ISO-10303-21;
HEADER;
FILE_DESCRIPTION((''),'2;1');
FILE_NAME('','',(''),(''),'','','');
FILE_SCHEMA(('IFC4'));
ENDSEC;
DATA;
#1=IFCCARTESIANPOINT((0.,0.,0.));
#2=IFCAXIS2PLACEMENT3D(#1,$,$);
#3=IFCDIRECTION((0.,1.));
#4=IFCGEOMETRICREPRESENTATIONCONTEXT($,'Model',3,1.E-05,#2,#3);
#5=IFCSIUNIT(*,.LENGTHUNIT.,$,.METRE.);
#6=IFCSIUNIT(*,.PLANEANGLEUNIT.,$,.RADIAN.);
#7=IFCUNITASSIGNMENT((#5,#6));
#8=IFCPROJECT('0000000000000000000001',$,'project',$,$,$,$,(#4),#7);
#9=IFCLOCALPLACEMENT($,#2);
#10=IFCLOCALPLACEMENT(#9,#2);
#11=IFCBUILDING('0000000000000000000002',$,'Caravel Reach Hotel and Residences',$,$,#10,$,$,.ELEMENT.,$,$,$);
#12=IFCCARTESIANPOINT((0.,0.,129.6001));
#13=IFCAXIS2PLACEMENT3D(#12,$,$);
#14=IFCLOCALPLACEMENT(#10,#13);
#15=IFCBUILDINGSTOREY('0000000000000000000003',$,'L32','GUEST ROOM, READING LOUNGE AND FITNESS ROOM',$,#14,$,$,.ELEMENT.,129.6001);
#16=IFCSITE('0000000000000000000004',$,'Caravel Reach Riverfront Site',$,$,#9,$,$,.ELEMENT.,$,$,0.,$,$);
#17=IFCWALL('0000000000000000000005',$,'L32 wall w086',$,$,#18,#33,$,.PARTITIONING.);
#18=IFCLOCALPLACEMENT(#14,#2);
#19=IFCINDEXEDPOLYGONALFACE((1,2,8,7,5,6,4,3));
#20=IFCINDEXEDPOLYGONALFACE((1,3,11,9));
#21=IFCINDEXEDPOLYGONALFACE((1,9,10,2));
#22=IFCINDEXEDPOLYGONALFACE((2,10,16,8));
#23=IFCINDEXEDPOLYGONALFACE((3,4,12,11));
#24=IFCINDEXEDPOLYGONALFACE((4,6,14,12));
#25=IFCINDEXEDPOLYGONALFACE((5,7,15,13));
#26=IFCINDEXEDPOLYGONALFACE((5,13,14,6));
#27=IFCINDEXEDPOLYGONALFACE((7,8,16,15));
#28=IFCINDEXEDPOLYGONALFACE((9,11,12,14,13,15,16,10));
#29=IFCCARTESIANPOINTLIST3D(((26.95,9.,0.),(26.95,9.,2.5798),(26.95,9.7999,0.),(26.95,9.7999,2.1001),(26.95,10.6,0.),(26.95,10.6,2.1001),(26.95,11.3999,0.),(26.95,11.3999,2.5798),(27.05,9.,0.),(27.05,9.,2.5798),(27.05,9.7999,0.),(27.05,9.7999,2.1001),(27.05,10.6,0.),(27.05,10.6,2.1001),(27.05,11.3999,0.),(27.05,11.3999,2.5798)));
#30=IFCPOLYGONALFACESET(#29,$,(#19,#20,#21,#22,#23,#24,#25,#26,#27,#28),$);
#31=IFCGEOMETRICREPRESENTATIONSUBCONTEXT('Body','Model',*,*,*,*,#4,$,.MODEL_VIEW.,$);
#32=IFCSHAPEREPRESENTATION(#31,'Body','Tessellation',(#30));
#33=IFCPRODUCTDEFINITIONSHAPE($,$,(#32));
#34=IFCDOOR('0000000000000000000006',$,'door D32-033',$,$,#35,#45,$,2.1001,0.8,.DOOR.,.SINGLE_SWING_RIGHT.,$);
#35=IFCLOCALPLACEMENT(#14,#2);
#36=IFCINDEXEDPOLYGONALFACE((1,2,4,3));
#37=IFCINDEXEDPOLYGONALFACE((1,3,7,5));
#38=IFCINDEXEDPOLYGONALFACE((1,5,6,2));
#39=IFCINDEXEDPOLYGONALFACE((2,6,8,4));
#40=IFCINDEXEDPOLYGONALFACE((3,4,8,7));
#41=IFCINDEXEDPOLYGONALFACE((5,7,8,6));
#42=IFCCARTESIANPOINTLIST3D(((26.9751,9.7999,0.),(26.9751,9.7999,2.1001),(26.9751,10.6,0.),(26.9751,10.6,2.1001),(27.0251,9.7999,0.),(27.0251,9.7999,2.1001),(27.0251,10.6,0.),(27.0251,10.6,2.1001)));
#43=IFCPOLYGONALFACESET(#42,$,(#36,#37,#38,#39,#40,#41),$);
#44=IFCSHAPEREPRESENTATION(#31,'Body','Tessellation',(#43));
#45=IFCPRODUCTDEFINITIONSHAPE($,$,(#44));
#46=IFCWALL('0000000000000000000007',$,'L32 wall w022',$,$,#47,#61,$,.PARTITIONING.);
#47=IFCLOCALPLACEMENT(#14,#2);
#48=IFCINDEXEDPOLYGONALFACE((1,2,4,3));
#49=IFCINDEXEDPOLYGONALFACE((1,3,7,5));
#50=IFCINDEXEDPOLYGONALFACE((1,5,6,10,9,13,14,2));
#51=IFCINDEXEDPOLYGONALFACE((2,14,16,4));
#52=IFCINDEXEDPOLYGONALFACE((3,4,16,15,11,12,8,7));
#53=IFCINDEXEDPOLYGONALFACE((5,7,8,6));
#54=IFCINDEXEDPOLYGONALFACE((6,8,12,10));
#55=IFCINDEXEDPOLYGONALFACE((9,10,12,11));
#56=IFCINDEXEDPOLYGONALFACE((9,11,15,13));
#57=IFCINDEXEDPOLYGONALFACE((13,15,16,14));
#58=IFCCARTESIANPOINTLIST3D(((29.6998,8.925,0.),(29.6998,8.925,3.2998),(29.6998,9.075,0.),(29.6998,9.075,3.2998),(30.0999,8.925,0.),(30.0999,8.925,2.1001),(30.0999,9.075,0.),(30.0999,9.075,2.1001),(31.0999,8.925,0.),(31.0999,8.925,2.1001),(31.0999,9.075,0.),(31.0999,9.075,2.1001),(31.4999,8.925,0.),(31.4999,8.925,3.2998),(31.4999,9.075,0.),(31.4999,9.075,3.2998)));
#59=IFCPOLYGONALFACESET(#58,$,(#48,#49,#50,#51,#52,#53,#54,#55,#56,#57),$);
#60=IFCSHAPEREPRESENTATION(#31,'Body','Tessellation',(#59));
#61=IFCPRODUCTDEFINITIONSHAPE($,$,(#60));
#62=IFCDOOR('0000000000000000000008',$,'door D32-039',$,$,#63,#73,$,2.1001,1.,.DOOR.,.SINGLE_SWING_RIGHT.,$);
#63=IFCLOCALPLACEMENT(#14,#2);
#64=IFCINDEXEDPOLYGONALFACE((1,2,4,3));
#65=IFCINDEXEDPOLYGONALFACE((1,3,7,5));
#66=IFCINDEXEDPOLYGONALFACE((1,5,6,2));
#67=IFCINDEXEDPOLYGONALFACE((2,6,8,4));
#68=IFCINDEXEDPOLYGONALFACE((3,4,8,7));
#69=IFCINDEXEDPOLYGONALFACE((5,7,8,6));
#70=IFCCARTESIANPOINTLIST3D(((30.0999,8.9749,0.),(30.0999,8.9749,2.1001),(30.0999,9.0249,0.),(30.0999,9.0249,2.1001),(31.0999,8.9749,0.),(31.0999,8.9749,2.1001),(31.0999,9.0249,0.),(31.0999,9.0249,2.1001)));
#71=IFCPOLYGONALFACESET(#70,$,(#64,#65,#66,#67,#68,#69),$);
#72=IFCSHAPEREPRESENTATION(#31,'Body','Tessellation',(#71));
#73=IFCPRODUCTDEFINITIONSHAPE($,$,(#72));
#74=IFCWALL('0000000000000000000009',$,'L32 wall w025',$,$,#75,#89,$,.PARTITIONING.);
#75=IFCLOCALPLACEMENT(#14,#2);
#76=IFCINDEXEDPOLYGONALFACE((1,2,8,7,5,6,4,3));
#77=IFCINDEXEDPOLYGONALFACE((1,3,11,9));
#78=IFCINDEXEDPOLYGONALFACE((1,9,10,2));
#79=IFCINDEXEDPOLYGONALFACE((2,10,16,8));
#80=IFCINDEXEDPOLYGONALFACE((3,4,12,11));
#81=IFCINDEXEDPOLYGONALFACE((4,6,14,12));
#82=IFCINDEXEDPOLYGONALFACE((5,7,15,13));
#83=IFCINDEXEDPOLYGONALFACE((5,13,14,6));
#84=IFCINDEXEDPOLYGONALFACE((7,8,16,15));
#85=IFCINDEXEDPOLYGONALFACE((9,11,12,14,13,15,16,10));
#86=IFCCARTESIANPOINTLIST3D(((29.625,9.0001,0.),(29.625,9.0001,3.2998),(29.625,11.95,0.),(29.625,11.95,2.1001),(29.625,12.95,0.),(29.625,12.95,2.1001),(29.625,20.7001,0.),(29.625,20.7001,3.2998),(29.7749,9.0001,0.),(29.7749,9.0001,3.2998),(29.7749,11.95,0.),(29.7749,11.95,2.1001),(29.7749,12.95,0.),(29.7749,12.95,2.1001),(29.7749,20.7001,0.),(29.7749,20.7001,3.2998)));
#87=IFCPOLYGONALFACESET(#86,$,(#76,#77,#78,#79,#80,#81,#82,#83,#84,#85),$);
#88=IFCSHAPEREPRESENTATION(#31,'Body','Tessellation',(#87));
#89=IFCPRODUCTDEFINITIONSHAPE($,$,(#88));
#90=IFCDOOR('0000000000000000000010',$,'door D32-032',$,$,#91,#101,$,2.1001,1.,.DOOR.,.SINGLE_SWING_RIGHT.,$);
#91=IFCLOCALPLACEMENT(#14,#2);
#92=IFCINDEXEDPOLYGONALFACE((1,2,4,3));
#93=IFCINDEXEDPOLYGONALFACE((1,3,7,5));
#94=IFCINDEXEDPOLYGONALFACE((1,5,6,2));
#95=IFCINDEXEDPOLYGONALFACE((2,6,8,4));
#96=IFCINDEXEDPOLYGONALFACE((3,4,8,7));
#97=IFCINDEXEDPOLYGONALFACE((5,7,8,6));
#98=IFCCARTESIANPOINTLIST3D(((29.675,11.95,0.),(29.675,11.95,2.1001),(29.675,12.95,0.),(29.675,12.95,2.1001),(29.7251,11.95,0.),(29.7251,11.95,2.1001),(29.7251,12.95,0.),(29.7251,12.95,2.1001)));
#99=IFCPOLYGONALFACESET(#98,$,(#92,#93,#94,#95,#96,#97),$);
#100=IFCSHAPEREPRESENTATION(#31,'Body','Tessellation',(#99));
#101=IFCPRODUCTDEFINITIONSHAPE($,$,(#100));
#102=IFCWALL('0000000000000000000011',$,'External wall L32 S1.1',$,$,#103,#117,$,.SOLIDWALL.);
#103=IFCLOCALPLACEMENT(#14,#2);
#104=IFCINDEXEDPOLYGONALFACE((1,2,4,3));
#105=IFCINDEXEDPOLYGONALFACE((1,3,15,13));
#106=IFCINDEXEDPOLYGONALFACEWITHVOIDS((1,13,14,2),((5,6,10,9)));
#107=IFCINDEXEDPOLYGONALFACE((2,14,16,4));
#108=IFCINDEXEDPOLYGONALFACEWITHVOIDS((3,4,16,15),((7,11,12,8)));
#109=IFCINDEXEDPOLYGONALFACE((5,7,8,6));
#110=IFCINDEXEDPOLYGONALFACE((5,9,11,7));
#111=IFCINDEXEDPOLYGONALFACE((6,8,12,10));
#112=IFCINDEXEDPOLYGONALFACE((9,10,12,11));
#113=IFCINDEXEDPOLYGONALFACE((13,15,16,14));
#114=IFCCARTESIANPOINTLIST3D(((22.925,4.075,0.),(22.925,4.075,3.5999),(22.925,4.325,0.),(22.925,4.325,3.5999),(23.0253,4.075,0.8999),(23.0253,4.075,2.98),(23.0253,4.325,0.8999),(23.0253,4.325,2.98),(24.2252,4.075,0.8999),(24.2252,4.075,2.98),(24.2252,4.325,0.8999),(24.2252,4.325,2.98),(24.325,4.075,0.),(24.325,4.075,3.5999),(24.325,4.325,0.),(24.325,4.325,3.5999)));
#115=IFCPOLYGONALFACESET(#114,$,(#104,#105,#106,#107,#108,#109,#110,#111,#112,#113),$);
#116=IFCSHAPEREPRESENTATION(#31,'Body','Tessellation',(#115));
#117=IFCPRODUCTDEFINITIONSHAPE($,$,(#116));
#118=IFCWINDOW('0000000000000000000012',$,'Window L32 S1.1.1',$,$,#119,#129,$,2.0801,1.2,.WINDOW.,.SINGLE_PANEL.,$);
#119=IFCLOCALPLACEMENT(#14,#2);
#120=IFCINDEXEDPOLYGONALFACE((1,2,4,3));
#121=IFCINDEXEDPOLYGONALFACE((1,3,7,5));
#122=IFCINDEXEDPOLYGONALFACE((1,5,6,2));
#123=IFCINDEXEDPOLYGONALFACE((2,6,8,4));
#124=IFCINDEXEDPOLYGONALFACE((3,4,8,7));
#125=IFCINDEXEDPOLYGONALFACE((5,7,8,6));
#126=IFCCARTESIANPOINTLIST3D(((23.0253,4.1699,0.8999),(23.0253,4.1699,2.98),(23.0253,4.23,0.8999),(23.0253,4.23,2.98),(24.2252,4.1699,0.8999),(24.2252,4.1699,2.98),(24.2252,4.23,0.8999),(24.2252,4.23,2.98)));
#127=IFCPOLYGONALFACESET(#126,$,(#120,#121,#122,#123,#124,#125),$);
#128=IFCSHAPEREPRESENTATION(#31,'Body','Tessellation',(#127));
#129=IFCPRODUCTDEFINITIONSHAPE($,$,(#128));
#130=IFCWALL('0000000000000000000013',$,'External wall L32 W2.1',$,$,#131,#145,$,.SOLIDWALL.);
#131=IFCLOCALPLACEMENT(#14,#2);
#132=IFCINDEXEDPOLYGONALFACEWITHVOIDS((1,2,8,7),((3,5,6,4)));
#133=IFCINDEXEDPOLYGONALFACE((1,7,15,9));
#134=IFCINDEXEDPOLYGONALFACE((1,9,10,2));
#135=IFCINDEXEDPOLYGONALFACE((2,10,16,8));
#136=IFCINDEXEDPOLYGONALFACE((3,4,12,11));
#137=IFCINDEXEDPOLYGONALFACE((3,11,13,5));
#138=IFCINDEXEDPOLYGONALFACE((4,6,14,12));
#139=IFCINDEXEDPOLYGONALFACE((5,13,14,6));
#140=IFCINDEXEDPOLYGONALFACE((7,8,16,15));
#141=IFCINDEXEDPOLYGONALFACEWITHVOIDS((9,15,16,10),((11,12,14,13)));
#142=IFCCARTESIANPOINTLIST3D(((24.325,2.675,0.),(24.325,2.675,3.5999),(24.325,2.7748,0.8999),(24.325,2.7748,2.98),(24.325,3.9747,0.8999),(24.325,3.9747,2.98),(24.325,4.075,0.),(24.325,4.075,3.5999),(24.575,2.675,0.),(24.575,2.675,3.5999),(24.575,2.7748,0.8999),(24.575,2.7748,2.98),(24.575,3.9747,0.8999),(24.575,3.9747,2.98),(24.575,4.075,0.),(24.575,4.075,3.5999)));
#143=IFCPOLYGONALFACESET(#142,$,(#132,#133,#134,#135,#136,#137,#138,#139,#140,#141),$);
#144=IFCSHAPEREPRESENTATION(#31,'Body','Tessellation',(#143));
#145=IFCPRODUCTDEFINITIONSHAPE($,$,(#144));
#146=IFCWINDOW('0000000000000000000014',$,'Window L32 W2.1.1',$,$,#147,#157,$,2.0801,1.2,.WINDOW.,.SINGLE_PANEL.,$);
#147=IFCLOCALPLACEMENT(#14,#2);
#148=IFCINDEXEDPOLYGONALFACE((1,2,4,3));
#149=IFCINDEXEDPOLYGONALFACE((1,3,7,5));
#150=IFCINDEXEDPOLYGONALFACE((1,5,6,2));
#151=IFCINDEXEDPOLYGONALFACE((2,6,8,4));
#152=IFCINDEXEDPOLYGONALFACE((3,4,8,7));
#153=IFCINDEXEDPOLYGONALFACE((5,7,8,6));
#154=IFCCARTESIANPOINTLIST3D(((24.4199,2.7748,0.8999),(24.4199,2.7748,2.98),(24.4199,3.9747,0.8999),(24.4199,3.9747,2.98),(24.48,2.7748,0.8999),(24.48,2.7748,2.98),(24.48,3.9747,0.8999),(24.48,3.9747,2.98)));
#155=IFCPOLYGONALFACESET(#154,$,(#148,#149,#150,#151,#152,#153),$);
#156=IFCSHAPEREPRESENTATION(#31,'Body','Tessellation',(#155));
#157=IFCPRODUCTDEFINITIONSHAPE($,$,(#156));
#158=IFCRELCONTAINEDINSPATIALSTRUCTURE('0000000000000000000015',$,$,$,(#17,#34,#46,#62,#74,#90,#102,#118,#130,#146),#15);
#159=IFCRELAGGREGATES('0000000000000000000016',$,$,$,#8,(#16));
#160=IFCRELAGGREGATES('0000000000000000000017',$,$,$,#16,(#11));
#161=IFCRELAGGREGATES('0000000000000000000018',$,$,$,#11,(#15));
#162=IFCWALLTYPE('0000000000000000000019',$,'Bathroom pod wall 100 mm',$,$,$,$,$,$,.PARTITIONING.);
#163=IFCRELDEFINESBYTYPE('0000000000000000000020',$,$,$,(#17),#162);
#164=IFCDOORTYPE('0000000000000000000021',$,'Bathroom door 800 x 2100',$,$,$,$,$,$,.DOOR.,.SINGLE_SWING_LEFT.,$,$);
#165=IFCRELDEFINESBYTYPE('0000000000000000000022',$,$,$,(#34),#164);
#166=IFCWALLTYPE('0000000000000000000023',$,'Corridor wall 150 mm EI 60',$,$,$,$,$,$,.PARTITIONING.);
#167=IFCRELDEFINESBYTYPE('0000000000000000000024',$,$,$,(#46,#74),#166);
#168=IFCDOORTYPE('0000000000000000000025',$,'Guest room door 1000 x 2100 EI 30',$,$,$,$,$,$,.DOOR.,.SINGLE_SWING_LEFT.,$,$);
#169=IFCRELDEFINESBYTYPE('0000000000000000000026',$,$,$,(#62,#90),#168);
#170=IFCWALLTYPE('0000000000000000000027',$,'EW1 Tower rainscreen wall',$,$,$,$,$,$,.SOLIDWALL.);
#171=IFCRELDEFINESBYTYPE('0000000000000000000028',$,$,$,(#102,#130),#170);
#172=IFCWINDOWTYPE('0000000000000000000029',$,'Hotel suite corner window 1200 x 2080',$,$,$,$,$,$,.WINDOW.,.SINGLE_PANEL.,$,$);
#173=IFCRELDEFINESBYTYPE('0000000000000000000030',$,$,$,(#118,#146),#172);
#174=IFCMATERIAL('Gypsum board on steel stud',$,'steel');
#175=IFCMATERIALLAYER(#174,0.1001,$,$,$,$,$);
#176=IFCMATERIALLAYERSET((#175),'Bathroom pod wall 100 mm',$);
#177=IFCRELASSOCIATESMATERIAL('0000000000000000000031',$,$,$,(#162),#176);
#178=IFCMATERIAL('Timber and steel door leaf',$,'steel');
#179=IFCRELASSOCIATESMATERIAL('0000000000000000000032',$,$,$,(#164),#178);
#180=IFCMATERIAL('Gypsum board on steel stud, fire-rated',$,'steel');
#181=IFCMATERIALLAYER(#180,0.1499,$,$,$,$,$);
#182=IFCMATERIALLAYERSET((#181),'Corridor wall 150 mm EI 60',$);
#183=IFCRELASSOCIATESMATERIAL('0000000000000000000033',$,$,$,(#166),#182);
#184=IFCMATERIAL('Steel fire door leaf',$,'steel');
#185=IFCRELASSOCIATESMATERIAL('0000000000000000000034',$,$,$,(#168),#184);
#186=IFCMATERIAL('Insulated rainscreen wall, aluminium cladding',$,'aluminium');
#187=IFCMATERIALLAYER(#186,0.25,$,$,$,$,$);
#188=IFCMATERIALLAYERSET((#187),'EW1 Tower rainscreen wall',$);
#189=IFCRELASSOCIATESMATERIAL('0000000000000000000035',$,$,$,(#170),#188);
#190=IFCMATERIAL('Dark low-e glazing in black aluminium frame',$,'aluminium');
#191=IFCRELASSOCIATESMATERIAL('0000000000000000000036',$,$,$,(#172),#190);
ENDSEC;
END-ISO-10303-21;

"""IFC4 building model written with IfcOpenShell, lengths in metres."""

from ifc_helpers import new_model, si_unit, direction, frame, frame_2d, origin, place, context, subcontext, project, spatial, rectangle, extrude, material, layer, layer_set, type_object, element, fill, save


model = new_model("IFC4")

# Units and contexts
model_context = context("Model", 3, precision=1e-05, world=origin(), true_north=direction((0.0, 1.0)))
body_context = subcontext(model_context, "Body", "Model", "MODEL_VIEW")
ifc_project = project(units=[si_unit("LENGTHUNIT", "METRE"), si_unit("PLANEANGLEUNIT", "RADIAN")], contexts=[model_context])

# Site, building, storey
site_placement = place(None, origin())
site = spatial("IfcSite", under=ifc_project, at=site_placement, Name="Caravel Reach Riverfront Site", CompositionType="ELEMENT", RefElevation=0.0)
building_placement = place(site_placement, origin())
building = spatial("IfcBuilding", under=site, at=building_placement, Name="Caravel Reach Hotel and Residences", CompositionType="ELEMENT")
storey_placement = place(building_placement, frame((0.0, 0.0, 129.6001)))
storey = spatial("IfcBuildingStorey", under=building, at=storey_placement, Name="L32", Description="GUEST ROOM, READING LOUNGE AND FITNESS ROOM", CompositionType="ELEMENT", Elevation=129.6001)

# Walls, openings, doors
ifc_material_1 = material(Name="Gypsum board on steel stud", Category="steel")
ifc_layer_1 = layer(ifc_material_1, 0.1001)
ifc_layer_set_1 = layer_set([ifc_layer_1], Name="Bathroom pod wall 100 mm")
wall_type_1 = type_object("IfcWallType", Name="Bathroom pod wall 100 mm", PredefinedType="PARTITIONING", material=ifc_layer_set_1)
wall_1_placement = place(storey_placement, frame((27.0, 9.0, 0.0), z_axis=(0.0, 0.0, 1.0), x_axis=(0.0, 1.0, 0.0)))
wall_1 = element("IfcWall", 1, at=wall_1_placement, inside=storey, type_object=wall_type_1, Name="L32 wall w086", PredefinedType="PARTITIONING", context=body_context, shape_type="SweptSolid", body=[
    extrude(rectangle(XDim=2.3999, YDim=0.1001, at=frame_2d((1.2, 0.0))), origin(), (0.0, 0.0, 1.0), 2.5798),
])
opening_1_placement = place(wall_1_placement, frame((0.8, 0.0, 0.0)))
opening_1 = element("IfcOpeningElement", 2, at=opening_1_placement, cuts=wall_1, PredefinedType="OPENING", context=body_context, shape_type="SweptSolid", body=[
    extrude(rectangle(XDim=0.8, YDim=2.1001, at=frame_2d((0.3999, 1.05))), frame((0.0, 0.0601, 0.0), z_axis=(0.0, -1.0, 0.0), x_axis=(1.0, 0.0, 0.0)), (0.0, 0.0, 1.0), 0.1201),
])
ifc_material_2 = material(Name="Timber and steel door leaf", Category="steel")
door_type_1 = type_object("IfcDoorType", Name="Bathroom door 800 x 2100", OperationType="SINGLE_SWING_LEFT", PredefinedType="DOOR", material=ifc_material_2)
door_1_placement = place(opening_1_placement, origin())
door_1 = element("IfcDoor", 3, at=door_1_placement, inside=storey, type_object=door_type_1, Name="door D32-033", OperationType="SINGLE_SWING_RIGHT", OverallHeight=2.1001, OverallWidth=0.8, PredefinedType="DOOR", context=body_context, shape_type="SweptSolid", body=[
    extrude(rectangle(XDim=0.8, YDim=2.1001, at=frame_2d((0.3999, 1.05))), frame((0.0, 0.0249, 0.0), z_axis=(0.0, -1.0, 0.0), x_axis=(1.0, 0.0, 0.0)), (0.0, 0.0, 1.0), 0.05),
])
fill(opening_1, door_1)
ifc_material_3 = material(Name="Gypsum board on steel stud, fire-rated", Category="steel")
ifc_layer_2 = layer(ifc_material_3, 0.1499)
ifc_layer_set_2 = layer_set([ifc_layer_2], Name="Corridor wall 150 mm EI 60")
wall_type_2 = type_object("IfcWallType", Name="Corridor wall 150 mm EI 60", PredefinedType="PARTITIONING", material=ifc_layer_set_2)
wall_2_placement = place(storey_placement, frame((29.7, 9.0, 0.0), z_axis=(0.0, 0.0, 1.0), x_axis=(1.0, 0.0, 0.0)))
wall_2 = element("IfcWall", 4, at=wall_2_placement, inside=storey, type_object=wall_type_2, Name="L32 wall w022", PredefinedType="PARTITIONING", context=body_context, shape_type="SweptSolid", body=[
    extrude(rectangle(XDim=1.8, YDim=0.1499, at=frame_2d((0.8999, 0.0))), origin(), (0.0, 0.0, 1.0), 3.2998),
])
opening_2_placement = place(wall_2_placement, frame((0.3999, 0.0, 0.0)))
opening_2 = element("IfcOpeningElement", 5, at=opening_2_placement, cuts=wall_2, PredefinedType="OPENING", context=body_context, shape_type="SweptSolid", body=[
    extrude(rectangle(XDim=1.0, YDim=2.1001, at=frame_2d((0.5, 1.05))), frame((0.0, 0.085, 0.0), z_axis=(0.0, -1.0, 0.0), x_axis=(1.0, 0.0, 0.0)), (0.0, 0.0, 1.0), 0.1699),
])
ifc_material_4 = material(Name="Steel fire door leaf", Category="steel")
door_type_2 = type_object("IfcDoorType", Name="Guest room door 1000 x 2100 EI 30", OperationType="SINGLE_SWING_LEFT", PredefinedType="DOOR", material=ifc_material_4)
door_2_placement = place(opening_2_placement, origin())
door_2 = element("IfcDoor", 6, at=door_2_placement, inside=storey, type_object=door_type_2, Name="door D32-039", OperationType="SINGLE_SWING_RIGHT", OverallHeight=2.1001, OverallWidth=1.0, PredefinedType="DOOR", context=body_context, shape_type="SweptSolid", body=[
    extrude(rectangle(XDim=1.0, YDim=2.1001, at=frame_2d((0.5, 1.05))), frame((0.0, 0.0249, 0.0), z_axis=(0.0, -1.0, 0.0), x_axis=(1.0, 0.0, 0.0)), (0.0, 0.0, 1.0), 0.05),
])
fill(opening_2, door_2)
wall_3_placement = place(storey_placement, frame((29.7, 9.0, 0.0), z_axis=(0.0, 0.0, 1.0), x_axis=(0.0, 1.0, 0.0)))
wall_3 = element("IfcWall", 7, at=wall_3_placement, inside=storey, type_object=wall_type_2, Name="L32 wall w025", PredefinedType="PARTITIONING", context=body_context, shape_type="SweptSolid", body=[
    extrude(rectangle(XDim=11.7, YDim=0.1499, at=frame_2d((5.8501, 0.0))), origin(), (0.0, 0.0, 1.0), 3.2998),
])
opening_3_placement = place(wall_3_placement, frame((2.95, 0.0, 0.0)))
opening_3 = element("IfcOpeningElement", 8, at=opening_3_placement, cuts=wall_3, PredefinedType="OPENING", context=body_context, shape_type="SweptSolid", body=[
    extrude(rectangle(XDim=1.0, YDim=2.1001, at=frame_2d((0.5, 1.05))), frame((0.0, 0.085, 0.0), z_axis=(0.0, -1.0, 0.0), x_axis=(1.0, 0.0, 0.0)), (0.0, 0.0, 1.0), 0.1699),
])
door_3_placement = place(opening_3_placement, origin())
door_3 = element("IfcDoor", 9, at=door_3_placement, inside=storey, type_object=door_type_2, Name="door D32-032", OperationType="SINGLE_SWING_RIGHT", OverallHeight=2.1001, OverallWidth=1.0, PredefinedType="DOOR", context=body_context, shape_type="SweptSolid", body=[
    extrude(rectangle(XDim=1.0, YDim=2.1001, at=frame_2d((0.5, 1.05))), frame((0.0, 0.0249, 0.0), z_axis=(0.0, -1.0, 0.0), x_axis=(1.0, 0.0, 0.0)), (0.0, 0.0, 1.0), 0.05),
])
fill(opening_3, door_3)

# Walls, openings, windows
ifc_material_5 = material(Name="Insulated rainscreen wall, aluminium cladding", Category="aluminium")
ifc_layer_3 = layer(ifc_material_5, 0.25)
ifc_layer_set_3 = layer_set([ifc_layer_3], Name="EW1 Tower rainscreen wall")
wall_type_3 = type_object("IfcWallType", Name="EW1 Tower rainscreen wall", PredefinedType="SOLIDWALL", material=ifc_layer_set_3)
wall_4_placement = place(storey_placement, frame((22.925, 4.2, 0.0), z_axis=(0.0, 0.0, 1.0), x_axis=(1.0, 0.0, 0.0)))
wall_4 = element("IfcWall", 10, at=wall_4_placement, inside=storey, type_object=wall_type_3, Name="External wall L32 S1.1", PredefinedType="SOLIDWALL", context=body_context, shape_type="SweptSolid", body=[
    extrude(rectangle(XDim=1.3999, YDim=0.25, at=frame_2d((0.7, 0.0))), origin(), (0.0, 0.0, 1.0), 3.5999),
])
opening_4_placement = place(wall_4_placement, frame((0.1001, 0.0, 0.8999)))
opening_4 = element("IfcOpeningElement", 11, at=opening_4_placement, cuts=wall_4, PredefinedType="OPENING", context=body_context, shape_type="SweptSolid", body=[
    extrude(rectangle(XDim=1.2, YDim=2.0801, at=frame_2d((0.6001, 1.04))), frame((0.0, 0.135, 0.0), z_axis=(0.0, -1.0, 0.0), x_axis=(1.0, 0.0, 0.0)), (0.0, 0.0, 1.0), 0.27),
])
ifc_material_6 = material(Name="Dark low-e glazing in black aluminium frame", Category="aluminium")
window_type = type_object("IfcWindowType", Name="Hotel suite corner window 1200 x 2080", PartitioningType="SINGLE_PANEL", PredefinedType="WINDOW", material=ifc_material_6)
window_1_placement = place(opening_4_placement, origin())
window_1 = element("IfcWindow", 12, at=window_1_placement, inside=storey, type_object=window_type, Name="Window L32 S1.1.1", OverallHeight=2.0801, OverallWidth=1.2, PartitioningType="SINGLE_PANEL", PredefinedType="WINDOW", context=body_context, shape_type="SweptSolid", body=[
    extrude(rectangle(XDim=1.2, YDim=2.0801, at=frame_2d((0.6001, 1.04))), frame((0.0, 0.03, 0.0), z_axis=(0.0, -1.0, 0.0), x_axis=(1.0, 0.0, 0.0)), (0.0, 0.0, 1.0), 0.0601),
])
fill(opening_4, window_1)
wall_5_placement = place(storey_placement, frame((24.45, 4.075, 0.0), z_axis=(0.0, 0.0, 1.0), x_axis=(0.0, -1.0, 0.0)))
wall_5 = element("IfcWall", 13, at=wall_5_placement, inside=storey, type_object=wall_type_3, Name="External wall L32 W2.1", PredefinedType="SOLIDWALL", context=body_context, shape_type="SweptSolid", body=[
    extrude(rectangle(XDim=1.3999, YDim=0.25, at=frame_2d((0.7, 0.0))), origin(), (0.0, 0.0, 1.0), 3.5999),
])
opening_5_placement = place(wall_5_placement, frame((0.1001, 0.0, 0.8999)))
opening_5 = element("IfcOpeningElement", 14, at=opening_5_placement, cuts=wall_5, PredefinedType="OPENING", context=body_context, shape_type="SweptSolid", body=[
    extrude(rectangle(XDim=1.2, YDim=2.0801, at=frame_2d((0.6001, 1.04))), frame((0.0, 0.135, 0.0), z_axis=(0.0, -1.0, 0.0), x_axis=(1.0, 0.0, 0.0)), (0.0, 0.0, 1.0), 0.27),
])
window_2_placement = place(opening_5_placement, origin())
window_2 = element("IfcWindow", 15, at=window_2_placement, inside=storey, type_object=window_type, Name="Window L32 W2.1.1", OverallHeight=2.0801, OverallWidth=1.2, PartitioningType="SINGLE_PANEL", PredefinedType="WINDOW", context=body_context, shape_type="SweptSolid", body=[
    extrude(rectangle(XDim=1.2, YDim=2.0801, at=frame_2d((0.6001, 1.04))), frame((0.0, 0.03, 0.0), z_axis=(0.0, -1.0, 0.0), x_axis=(1.0, 0.0, 0.0)), (0.0, 0.0, 1.0), 0.0601),
])
fill(opening_5, window_2)

save(model, "model.ifc")
